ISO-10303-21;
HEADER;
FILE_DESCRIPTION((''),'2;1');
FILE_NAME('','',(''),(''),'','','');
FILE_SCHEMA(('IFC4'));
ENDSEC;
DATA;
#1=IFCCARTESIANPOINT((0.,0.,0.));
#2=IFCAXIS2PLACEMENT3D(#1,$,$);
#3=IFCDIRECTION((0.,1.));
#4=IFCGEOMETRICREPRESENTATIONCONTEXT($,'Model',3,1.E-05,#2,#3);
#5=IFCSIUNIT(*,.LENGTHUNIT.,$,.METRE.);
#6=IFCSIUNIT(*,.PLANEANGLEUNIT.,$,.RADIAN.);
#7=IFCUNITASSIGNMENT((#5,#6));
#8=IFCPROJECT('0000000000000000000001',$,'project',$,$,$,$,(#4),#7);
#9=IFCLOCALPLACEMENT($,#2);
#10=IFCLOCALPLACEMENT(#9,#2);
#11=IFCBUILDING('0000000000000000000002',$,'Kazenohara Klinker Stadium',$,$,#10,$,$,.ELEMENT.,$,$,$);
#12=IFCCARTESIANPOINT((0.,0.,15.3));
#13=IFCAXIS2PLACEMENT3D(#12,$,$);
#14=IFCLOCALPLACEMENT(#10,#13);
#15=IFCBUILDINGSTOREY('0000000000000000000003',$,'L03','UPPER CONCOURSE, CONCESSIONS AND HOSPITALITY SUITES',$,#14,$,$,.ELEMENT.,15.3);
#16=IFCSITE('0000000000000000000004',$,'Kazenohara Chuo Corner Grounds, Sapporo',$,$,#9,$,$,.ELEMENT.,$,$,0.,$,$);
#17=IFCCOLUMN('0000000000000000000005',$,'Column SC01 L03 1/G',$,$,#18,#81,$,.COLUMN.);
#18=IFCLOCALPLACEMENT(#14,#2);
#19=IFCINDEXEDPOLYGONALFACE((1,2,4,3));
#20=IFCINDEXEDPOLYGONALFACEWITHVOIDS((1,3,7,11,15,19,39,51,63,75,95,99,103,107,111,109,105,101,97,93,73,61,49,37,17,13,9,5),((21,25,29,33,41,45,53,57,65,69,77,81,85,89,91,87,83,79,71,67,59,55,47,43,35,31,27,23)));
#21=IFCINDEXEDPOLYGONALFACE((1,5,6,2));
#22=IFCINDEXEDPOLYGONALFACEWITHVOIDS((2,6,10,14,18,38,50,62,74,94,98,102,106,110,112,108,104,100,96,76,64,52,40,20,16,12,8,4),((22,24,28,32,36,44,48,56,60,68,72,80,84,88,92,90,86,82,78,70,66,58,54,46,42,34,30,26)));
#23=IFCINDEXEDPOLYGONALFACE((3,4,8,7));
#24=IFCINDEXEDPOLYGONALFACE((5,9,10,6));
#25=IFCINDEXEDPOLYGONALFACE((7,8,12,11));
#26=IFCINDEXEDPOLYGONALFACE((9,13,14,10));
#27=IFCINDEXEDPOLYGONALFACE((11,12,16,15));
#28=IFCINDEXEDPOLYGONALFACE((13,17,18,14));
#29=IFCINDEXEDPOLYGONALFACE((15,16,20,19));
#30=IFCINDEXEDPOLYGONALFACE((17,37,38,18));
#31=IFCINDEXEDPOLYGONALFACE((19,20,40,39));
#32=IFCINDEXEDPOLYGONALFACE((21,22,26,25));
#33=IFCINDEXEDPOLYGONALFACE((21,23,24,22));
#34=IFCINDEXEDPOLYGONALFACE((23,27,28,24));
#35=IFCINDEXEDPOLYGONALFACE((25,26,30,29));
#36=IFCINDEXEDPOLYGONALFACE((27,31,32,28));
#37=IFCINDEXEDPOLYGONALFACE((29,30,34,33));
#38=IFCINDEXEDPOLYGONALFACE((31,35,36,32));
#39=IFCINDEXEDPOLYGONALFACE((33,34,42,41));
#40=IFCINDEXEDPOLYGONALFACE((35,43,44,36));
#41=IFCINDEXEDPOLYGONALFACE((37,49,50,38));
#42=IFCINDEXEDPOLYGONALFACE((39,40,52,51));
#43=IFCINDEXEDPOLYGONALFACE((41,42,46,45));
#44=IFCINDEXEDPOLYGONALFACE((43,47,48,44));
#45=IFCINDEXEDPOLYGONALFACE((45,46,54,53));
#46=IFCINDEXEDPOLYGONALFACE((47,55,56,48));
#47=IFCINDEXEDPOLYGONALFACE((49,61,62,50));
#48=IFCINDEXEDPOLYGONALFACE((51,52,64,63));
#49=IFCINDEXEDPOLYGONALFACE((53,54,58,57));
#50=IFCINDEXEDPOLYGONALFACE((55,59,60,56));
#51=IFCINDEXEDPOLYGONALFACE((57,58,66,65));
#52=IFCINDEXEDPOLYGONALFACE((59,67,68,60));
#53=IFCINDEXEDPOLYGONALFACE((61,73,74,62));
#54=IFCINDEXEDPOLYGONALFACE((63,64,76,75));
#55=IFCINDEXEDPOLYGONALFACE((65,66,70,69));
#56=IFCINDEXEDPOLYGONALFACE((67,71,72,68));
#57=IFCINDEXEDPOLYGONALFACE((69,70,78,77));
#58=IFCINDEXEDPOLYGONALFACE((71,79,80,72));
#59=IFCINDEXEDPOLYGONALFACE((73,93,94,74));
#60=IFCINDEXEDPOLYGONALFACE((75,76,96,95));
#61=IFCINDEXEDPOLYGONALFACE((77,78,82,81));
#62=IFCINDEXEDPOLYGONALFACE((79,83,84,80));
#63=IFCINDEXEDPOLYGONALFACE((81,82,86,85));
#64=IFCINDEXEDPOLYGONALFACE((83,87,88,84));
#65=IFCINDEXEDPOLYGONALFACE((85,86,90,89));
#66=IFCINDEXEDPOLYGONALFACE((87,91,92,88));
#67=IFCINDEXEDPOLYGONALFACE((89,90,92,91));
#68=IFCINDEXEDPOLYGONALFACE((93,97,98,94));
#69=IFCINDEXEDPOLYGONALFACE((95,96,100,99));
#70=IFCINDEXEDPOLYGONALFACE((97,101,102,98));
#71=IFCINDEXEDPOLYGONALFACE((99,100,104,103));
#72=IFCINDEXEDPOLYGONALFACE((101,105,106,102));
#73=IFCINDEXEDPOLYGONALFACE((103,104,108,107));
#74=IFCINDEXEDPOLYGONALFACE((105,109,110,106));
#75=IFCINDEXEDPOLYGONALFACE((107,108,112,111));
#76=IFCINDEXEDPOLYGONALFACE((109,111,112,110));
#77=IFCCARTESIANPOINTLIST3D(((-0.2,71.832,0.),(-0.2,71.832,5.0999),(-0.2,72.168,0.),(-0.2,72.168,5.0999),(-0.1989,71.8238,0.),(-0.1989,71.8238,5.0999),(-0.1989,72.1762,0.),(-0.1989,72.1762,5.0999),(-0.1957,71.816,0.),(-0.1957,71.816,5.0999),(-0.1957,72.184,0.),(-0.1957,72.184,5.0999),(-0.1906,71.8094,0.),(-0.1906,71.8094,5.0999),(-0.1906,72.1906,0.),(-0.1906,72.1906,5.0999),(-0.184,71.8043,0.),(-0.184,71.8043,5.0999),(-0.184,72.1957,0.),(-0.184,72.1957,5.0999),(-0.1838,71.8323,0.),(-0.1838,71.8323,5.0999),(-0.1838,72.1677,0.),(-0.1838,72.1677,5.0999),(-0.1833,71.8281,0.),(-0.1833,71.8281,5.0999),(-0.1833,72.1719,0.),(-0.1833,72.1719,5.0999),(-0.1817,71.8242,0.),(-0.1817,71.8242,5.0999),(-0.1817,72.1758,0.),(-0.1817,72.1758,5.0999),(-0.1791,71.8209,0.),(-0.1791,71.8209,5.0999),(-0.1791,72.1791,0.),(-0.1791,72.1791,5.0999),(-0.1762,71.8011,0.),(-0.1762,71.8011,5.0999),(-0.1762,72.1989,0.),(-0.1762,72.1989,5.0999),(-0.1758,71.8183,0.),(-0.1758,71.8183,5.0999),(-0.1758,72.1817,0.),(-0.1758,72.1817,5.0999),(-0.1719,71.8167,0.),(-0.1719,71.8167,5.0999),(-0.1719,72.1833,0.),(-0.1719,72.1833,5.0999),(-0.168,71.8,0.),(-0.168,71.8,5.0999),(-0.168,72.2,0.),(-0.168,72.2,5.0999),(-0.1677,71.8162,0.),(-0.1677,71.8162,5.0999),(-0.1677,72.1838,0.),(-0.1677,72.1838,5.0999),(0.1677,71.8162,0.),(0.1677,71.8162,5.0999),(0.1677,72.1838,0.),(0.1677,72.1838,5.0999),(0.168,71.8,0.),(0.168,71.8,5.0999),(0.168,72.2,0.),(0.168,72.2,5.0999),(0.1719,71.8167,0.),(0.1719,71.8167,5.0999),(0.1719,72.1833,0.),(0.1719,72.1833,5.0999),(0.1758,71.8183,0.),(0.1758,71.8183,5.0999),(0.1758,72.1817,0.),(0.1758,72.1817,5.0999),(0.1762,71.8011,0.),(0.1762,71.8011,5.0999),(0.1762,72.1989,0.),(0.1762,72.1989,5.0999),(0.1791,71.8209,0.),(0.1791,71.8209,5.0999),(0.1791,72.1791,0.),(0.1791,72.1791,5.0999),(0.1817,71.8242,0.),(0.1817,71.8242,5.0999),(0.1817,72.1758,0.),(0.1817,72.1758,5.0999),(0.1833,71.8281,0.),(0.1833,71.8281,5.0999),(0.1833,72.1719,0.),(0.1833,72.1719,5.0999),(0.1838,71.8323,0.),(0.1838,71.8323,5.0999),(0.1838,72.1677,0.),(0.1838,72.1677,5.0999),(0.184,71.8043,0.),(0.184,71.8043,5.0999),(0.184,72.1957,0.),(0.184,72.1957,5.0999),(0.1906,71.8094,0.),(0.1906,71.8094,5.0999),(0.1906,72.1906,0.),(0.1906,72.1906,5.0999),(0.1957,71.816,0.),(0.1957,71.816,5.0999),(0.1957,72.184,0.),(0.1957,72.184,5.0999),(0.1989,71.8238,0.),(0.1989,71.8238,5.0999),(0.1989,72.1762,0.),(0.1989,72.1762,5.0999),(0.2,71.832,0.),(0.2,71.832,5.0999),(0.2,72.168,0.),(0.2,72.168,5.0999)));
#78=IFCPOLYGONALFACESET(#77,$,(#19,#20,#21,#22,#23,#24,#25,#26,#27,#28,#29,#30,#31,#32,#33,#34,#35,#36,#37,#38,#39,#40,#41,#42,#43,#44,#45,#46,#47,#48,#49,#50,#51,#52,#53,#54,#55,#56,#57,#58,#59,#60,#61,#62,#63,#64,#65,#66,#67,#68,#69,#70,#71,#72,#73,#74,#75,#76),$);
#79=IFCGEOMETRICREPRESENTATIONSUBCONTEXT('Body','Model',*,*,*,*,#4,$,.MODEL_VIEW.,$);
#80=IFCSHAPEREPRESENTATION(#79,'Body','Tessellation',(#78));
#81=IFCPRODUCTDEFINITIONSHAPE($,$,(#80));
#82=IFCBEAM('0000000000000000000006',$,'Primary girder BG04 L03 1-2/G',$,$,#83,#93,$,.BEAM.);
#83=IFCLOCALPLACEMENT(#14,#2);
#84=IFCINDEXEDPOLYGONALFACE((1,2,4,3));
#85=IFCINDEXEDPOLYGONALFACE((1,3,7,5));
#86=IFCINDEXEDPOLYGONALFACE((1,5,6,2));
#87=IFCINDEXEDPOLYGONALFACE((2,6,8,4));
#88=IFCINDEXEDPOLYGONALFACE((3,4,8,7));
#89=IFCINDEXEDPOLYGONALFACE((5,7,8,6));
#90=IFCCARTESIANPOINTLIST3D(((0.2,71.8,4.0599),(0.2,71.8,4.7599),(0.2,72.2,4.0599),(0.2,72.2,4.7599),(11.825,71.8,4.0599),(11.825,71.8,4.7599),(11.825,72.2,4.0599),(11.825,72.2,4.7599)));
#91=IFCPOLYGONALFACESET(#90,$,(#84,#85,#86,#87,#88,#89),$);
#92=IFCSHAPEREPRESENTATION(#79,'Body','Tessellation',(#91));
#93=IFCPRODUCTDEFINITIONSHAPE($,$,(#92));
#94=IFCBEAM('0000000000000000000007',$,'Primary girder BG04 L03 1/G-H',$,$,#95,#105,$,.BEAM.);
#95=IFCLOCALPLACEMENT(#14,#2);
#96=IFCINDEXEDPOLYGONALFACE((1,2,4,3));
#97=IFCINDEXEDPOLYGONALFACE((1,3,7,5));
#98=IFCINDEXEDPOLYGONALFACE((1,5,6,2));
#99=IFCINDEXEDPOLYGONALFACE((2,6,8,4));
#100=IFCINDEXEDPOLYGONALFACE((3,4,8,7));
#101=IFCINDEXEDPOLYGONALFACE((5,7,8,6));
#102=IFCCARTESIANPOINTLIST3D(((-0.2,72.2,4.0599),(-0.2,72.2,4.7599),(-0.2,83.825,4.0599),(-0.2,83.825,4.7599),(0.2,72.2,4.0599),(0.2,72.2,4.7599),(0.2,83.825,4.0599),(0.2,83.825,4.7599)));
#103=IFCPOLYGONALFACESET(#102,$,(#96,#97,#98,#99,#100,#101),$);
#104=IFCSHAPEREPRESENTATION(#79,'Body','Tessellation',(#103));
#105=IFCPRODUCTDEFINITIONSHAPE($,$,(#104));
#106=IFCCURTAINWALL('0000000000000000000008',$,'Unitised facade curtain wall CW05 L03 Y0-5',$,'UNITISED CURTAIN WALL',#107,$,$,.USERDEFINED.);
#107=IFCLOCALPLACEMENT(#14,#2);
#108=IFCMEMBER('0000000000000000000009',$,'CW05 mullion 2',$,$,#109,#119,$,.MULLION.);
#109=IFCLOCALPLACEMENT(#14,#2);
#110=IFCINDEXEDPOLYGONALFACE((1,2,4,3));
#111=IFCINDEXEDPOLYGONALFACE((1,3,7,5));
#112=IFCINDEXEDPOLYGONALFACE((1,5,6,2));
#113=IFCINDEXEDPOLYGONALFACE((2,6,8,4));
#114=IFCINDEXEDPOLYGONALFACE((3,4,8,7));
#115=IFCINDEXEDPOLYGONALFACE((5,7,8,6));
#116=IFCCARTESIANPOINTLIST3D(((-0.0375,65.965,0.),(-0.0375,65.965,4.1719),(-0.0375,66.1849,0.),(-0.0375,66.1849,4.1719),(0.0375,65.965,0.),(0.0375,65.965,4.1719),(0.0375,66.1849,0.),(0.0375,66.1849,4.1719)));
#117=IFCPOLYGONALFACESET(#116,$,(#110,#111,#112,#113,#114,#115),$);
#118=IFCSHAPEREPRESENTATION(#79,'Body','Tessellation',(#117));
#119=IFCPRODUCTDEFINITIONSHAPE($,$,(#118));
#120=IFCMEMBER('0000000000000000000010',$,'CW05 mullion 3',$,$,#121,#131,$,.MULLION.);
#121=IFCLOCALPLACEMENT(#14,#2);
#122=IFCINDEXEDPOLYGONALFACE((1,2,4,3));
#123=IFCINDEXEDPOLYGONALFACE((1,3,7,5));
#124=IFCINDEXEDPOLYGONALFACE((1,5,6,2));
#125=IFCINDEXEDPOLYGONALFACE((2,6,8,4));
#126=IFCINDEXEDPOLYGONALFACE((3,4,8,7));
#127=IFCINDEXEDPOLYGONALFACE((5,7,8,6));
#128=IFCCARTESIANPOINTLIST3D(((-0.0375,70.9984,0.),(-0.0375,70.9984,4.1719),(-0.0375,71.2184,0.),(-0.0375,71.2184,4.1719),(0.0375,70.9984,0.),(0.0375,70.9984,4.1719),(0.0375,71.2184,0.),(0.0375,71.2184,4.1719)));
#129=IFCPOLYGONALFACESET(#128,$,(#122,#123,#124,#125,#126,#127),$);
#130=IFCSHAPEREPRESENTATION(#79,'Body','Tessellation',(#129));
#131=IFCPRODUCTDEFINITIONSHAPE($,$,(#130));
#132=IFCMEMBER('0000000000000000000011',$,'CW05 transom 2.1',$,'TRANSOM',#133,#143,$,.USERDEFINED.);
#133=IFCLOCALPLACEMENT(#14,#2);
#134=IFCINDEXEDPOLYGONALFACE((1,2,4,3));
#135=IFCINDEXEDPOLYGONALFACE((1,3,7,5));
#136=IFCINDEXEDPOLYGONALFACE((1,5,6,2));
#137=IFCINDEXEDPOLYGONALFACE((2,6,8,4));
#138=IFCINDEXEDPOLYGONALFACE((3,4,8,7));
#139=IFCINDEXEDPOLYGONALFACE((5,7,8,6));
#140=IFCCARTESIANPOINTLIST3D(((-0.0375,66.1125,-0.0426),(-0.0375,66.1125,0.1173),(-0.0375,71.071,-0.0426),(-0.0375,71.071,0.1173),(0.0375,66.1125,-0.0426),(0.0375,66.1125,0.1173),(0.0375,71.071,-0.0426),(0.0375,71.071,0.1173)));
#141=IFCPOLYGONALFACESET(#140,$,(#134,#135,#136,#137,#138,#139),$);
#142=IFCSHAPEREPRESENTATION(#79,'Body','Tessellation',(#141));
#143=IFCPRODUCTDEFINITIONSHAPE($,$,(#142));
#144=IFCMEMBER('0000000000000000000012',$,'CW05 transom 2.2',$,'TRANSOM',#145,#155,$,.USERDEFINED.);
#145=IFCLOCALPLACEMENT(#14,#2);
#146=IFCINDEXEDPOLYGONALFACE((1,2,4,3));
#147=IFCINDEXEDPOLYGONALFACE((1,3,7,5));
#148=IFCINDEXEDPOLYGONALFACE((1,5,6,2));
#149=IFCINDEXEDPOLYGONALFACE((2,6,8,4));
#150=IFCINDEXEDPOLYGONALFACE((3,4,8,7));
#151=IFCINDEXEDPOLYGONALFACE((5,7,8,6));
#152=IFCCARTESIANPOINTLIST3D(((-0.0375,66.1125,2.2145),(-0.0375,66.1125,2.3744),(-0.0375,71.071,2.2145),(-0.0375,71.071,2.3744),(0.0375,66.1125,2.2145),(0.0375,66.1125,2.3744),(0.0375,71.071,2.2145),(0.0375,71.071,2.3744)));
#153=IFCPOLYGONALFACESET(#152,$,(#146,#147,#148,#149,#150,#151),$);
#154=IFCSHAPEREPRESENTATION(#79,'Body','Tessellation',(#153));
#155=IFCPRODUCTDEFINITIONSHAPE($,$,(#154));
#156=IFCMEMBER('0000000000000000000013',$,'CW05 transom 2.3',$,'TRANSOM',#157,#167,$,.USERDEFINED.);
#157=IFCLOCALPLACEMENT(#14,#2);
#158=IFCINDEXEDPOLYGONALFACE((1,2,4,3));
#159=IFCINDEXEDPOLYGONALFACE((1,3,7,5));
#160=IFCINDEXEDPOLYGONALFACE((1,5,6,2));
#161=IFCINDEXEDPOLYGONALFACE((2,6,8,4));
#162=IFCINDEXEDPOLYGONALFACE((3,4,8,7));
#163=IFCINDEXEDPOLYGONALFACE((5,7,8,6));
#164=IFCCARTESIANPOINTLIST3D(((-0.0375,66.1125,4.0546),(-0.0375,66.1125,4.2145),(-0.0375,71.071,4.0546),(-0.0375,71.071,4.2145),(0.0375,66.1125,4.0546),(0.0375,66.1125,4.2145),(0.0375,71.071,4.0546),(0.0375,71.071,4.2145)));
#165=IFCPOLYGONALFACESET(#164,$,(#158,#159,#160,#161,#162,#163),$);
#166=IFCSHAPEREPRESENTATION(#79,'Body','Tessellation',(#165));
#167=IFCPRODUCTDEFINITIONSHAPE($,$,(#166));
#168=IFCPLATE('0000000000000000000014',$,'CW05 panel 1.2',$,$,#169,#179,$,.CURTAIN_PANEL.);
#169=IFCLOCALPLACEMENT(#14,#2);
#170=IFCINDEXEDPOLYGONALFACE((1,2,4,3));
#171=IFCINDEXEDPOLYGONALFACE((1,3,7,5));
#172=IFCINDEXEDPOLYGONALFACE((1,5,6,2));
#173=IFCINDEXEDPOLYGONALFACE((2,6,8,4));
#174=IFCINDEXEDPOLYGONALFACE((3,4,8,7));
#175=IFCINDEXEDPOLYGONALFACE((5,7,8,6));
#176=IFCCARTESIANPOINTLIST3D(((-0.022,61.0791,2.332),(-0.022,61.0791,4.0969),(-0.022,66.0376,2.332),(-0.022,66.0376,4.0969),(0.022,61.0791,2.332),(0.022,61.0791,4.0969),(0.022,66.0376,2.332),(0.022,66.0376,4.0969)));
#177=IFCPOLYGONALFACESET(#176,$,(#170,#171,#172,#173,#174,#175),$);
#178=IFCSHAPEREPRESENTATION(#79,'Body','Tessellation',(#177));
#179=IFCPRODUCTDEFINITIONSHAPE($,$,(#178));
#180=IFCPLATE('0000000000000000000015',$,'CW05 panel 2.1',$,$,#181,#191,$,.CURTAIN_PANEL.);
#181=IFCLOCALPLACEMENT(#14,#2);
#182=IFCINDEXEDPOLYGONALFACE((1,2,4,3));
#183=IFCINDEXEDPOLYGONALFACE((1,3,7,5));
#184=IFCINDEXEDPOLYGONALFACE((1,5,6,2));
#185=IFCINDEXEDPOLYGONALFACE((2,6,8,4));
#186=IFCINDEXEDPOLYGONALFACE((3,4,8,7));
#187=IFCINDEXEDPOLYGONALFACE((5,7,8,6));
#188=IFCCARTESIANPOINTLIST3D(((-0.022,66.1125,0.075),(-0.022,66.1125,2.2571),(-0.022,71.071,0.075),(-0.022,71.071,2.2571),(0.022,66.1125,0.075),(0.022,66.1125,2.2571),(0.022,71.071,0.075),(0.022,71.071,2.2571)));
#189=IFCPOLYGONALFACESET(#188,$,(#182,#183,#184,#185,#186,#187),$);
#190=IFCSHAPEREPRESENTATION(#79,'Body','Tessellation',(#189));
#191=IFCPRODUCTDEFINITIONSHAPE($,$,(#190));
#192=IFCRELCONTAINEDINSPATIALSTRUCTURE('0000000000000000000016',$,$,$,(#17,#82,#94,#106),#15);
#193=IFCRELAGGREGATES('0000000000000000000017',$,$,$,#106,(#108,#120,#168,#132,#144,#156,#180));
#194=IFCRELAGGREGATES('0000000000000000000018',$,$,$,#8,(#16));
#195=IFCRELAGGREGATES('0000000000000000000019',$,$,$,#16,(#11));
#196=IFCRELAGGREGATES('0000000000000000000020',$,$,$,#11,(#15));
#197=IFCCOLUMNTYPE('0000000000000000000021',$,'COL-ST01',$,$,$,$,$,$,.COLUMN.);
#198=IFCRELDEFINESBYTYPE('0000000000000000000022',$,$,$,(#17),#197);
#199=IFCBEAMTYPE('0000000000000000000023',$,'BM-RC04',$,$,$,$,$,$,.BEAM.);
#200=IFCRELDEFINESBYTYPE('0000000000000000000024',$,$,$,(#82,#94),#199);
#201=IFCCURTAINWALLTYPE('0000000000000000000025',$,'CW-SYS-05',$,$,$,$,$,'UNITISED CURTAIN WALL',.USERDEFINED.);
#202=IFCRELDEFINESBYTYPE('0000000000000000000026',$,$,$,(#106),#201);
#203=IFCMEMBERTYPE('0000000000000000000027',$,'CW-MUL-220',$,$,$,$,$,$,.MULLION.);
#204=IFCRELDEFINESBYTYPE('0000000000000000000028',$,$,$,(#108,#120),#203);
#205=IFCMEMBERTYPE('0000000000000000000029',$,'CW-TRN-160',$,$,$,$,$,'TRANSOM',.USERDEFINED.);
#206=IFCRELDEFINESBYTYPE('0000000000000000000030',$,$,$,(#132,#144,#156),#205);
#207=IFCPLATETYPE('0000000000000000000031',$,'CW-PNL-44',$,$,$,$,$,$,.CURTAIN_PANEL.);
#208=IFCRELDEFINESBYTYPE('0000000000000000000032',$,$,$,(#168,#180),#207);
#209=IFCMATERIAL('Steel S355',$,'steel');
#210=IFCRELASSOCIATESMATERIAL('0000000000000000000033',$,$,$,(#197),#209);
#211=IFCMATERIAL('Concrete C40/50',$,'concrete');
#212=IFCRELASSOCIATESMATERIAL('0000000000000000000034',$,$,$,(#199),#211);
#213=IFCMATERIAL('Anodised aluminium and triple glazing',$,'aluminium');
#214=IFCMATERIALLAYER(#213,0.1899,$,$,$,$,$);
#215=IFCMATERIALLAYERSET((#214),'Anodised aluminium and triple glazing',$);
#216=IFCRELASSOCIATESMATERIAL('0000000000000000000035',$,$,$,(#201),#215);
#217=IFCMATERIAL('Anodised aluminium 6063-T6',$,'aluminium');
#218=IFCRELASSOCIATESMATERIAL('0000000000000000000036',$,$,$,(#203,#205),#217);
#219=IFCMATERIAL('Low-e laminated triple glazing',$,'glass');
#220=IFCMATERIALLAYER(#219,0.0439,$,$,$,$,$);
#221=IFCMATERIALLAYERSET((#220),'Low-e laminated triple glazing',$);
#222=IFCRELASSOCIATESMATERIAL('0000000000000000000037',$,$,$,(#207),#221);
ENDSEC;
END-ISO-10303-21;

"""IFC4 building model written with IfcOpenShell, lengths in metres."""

from ifc_helpers import new_model, si_unit, direction, frame, origin, origin_2d, place, context, subcontext, project, spatial, rectangle, hollow_rectangle, extrude, material, layer, layer_set, material_profile, profile_set, type_object, element, aggregate, save


model = new_model("IFC4")

# Units and contexts
model_context = context("Model", 3, precision=1e-05, world=origin(), true_north=direction((0.0, 1.0)))
body_context = subcontext(model_context, "Body", "Model", "MODEL_VIEW")
ifc_project = project(units=[si_unit("LENGTHUNIT", "METRE"), si_unit("PLANEANGLEUNIT", "RADIAN")], contexts=[model_context])

# Site, building, storey
site_placement = place(None, origin())
site = spatial("IfcSite", under=ifc_project, at=site_placement, Name="Kazenohara Chuo Corner Grounds, Sapporo", CompositionType="ELEMENT", RefElevation=0.0)
building_placement = place(site_placement, origin())
building = spatial("IfcBuilding", under=site, at=building_placement, Name="Kazenohara Klinker Stadium", CompositionType="ELEMENT")
storey_placement = place(building_placement, frame((0.0, 0.0, 15.3)))
storey = spatial("IfcBuildingStorey", under=building, at=storey_placement, Name="L03", Description="UPPER CONCOURSE, CONCESSIONS AND HOSPITALITY SUITES", CompositionType="ELEMENT", Elevation=15.3)

# Column
ifc_material_1 = material(Name="Steel S355", Category="steel")
ifc_material_profile_1 = material_profile(ifc_material_1, hollow_rectangle(XDim=0.3999, YDim=0.3999, WallThickness=0.0161, InnerFilletRadius=0.0161, OuterFilletRadius=0.032, at=origin_2d()), Name="SHS-400x400x16")
ifc_profile_set_1 = profile_set([ifc_material_profile_1], Name="Steel S355")
column_type = type_object("IfcColumnType", Name="COL-ST01", PredefinedType="COLUMN", material=ifc_profile_set_1)
column_placement = place(storey_placement, frame((0.0, 72.0, 0.0), z_axis=(0.0, 0.0, 1.0), x_axis=(1.0, 0.0, 0.0)))
element("IfcColumn", 1, at=column_placement, inside=storey, type_object=column_type, Name="Column SC01 L03 1/G", PredefinedType="COLUMN", context=body_context, shape_type="SweptSolid", body=[
    extrude(hollow_rectangle(XDim=0.3999, YDim=0.3999, WallThickness=0.0161, InnerFilletRadius=0.0161, OuterFilletRadius=0.032, at=origin_2d()), origin(), (0.0, 0.0, 1.0), 5.0999),
])

# Beams
ifc_material_2 = material(Name="Concrete C40/50", Category="concrete")
ifc_material_profile_2 = material_profile(ifc_material_2, rectangle(XDim=0.3999, YDim=0.7, at=origin_2d()), Name="RC-BM-400x700")
ifc_profile_set_2 = profile_set([ifc_material_profile_2], Name="Concrete C40/50")
beam_type = type_object("IfcBeamType", Name="BM-RC04", PredefinedType="BEAM", material=ifc_profile_set_2)
for number, where, z_axis, x_axis, name in (
    (2, (0.2, 72.0, 4.4099), (1.0, 0.0, 0.0), (0.0, 1.0, 0.0), "Primary girder BG04 L03 1-2/G"),
    (3, (0.0, 72.2, 4.4099), (0.0, 1.0, 0.0), (-1.0, 0.0, 0.0), "Primary girder BG04 L03 1/G-H"),
):
    element("IfcBeam", number, at=place(storey_placement, frame(where, z_axis=z_axis, x_axis=x_axis)), inside=storey, type_object=beam_type, Name=name, PredefinedType="BEAM", context=body_context, shape_type="SweptSolid", body=[
        extrude(rectangle(XDim=0.3999, YDim=0.7, at=origin_2d()), origin(), (0.0, 0.0, 1.0), 11.625),
    ])

# Curtain wall, members, plates
ifc_material_3 = material(Name="Anodised aluminium and triple glazing", Category="aluminium")
ifc_layer_1 = layer(ifc_material_3, 0.1899)
ifc_layer_set_1 = layer_set([ifc_layer_1], Name="Anodised aluminium and triple glazing")
curtain_wall_type = type_object("IfcCurtainWallType", Name="CW-SYS-05", ElementType="UNITISED CURTAIN WALL", PredefinedType="USERDEFINED", material=ifc_layer_set_1)
curtain_wall_placement = place(storey_placement, origin())
curtain_wall = element("IfcCurtainWall", 4, at=curtain_wall_placement, inside=storey, type_object=curtain_wall_type, Name="Unitised facade curtain wall CW05 L03 Y0-5", ObjectType="UNITISED CURTAIN WALL", PredefinedType="USERDEFINED")
ifc_material_4 = material(Name="Anodised aluminium 6063-T6", Category="aluminium")
ifc_material_profile_3 = material_profile(ifc_material_4, rectangle(XDim=0.075, YDim=0.22, at=origin_2d()), Name="ALU-MUL-75x220")
ifc_profile_set_3 = profile_set([ifc_material_profile_3], Name="Anodised aluminium 6063-T6")
member_type_1 = type_object("IfcMemberType", Name="CW-MUL-220", PredefinedType="MULLION", material=ifc_profile_set_3)
member_1_placement = place(storey_placement, frame((0.0, 66.075, 0.0), z_axis=(0.0, 0.0, 1.0), x_axis=(-1.0, 0.0, 0.0)))
member_1 = element("IfcMember", 5, at=member_1_placement, type_object=member_type_1, Name="CW05 mullion 2", PredefinedType="MULLION", context=body_context, shape_type="SweptSolid", body=[
    extrude(rectangle(XDim=0.075, YDim=0.22, at=origin_2d()), origin(), (0.0, 0.0, 1.0), 4.1719),
])
member_2_placement = place(storey_placement, frame((0.0, 71.1084, 0.0), z_axis=(0.0, 0.0, 1.0), x_axis=(-1.0, 0.0, 0.0)))
member_2 = element("IfcMember", 6, at=member_2_placement, type_object=member_type_1, Name="CW05 mullion 3", PredefinedType="MULLION", context=body_context, shape_type="SweptSolid", body=[
    extrude(rectangle(XDim=0.075, YDim=0.22, at=origin_2d()), origin(), (0.0, 0.0, 1.0), 4.1719),
])
ifc_material_profile_4 = material_profile(ifc_material_4, rectangle(XDim=0.075, YDim=0.1599, at=origin_2d()), Name="ALU-TRN-75x160")
ifc_profile_set_4 = profile_set([ifc_material_profile_4], Name="Anodised aluminium 6063-T6")
member_type_2 = type_object("IfcMemberType", Name="CW-TRN-160", ElementType="TRANSOM", PredefinedType="USERDEFINED", material=ifc_profile_set_4)
member_3_placement = place(storey_placement, frame((0.0, 66.1125, 0.0374), z_axis=(0.0, 1.0, 0.0), x_axis=(-1.0, 0.0, 0.0)))
member_3 = element("IfcMember", 7, at=member_3_placement, type_object=member_type_2, Name="CW05 transom 2.1", ObjectType="TRANSOM", PredefinedType="USERDEFINED", context=body_context, shape_type="SweptSolid", body=[
    extrude(rectangle(XDim=0.075, YDim=0.1599, at=origin_2d()), origin(), (0.0, 0.0, 1.0), 4.9585),
])
member_4_placement = place(storey_placement, frame((0.0, 66.1125, 2.2944), z_axis=(0.0, 1.0, 0.0), x_axis=(-1.0, 0.0, 0.0)))
member_4 = element("IfcMember", 8, at=member_4_placement, type_object=member_type_2, Name="CW05 transom 2.2", ObjectType="TRANSOM", PredefinedType="USERDEFINED", context=body_context, shape_type="SweptSolid", body=[
    extrude(rectangle(XDim=0.075, YDim=0.1599, at=origin_2d()), origin(), (0.0, 0.0, 1.0), 4.9585),
])
member_5_placement = place(storey_placement, frame((0.0, 66.1125, 4.1345), z_axis=(0.0, 1.0, 0.0), x_axis=(-1.0, 0.0, 0.0)))
member_5 = element("IfcMember", 9, at=member_5_placement, type_object=member_type_2, Name="CW05 transom 2.3", ObjectType="TRANSOM", PredefinedType="USERDEFINED", context=body_context, shape_type="SweptSolid", body=[
    extrude(rectangle(XDim=0.075, YDim=0.1599, at=origin_2d()), origin(), (0.0, 0.0, 1.0), 4.9585),
])
ifc_material_5 = material(Name="Low-e laminated triple glazing", Category="glass")
ifc_layer_2 = layer(ifc_material_5, 0.0439)
ifc_layer_set_2 = layer_set([ifc_layer_2], Name="Low-e laminated triple glazing")
plate_type_1 = type_object("IfcPlateType", Name="CW-PNL-44", PredefinedType="CURTAIN_PANEL", material=ifc_layer_set_2)
plate_1_placement = place(storey_placement, frame((0.0, 63.5583, 2.332), z_axis=(0.0, 0.0, 1.0), x_axis=(0.0, 1.0, 0.0)))
plate_1 = element("IfcPlate", 10, at=plate_1_placement, type_object=plate_type_1, Name="CW05 panel 1.2", PredefinedType="CURTAIN_PANEL", context=body_context, shape_type="SweptSolid", body=[
    extrude(rectangle(XDim=4.9585, YDim=0.0439, at=origin_2d()), origin(), (0.0, 0.0, 1.0), 1.7649),
])
plate_2_placement = place(storey_placement, frame((0.0, 68.5918, 0.075), z_axis=(0.0, 0.0, 1.0), x_axis=(0.0, 1.0, 0.0)))
plate_2 = element("IfcPlate", 11, at=plate_2_placement, type_object=plate_type_1, Name="CW05 panel 2.1", PredefinedType="CURTAIN_PANEL", context=body_context, shape_type="SweptSolid", body=[
    extrude(rectangle(XDim=4.9585, YDim=0.0439, at=origin_2d()), origin(), (0.0, 0.0, 1.0), 2.1821),
])
aggregate(curtain_wall, [member_1, member_2, plate_1, member_3, member_4, member_5, plate_2])

save(model, "model.ifc")
